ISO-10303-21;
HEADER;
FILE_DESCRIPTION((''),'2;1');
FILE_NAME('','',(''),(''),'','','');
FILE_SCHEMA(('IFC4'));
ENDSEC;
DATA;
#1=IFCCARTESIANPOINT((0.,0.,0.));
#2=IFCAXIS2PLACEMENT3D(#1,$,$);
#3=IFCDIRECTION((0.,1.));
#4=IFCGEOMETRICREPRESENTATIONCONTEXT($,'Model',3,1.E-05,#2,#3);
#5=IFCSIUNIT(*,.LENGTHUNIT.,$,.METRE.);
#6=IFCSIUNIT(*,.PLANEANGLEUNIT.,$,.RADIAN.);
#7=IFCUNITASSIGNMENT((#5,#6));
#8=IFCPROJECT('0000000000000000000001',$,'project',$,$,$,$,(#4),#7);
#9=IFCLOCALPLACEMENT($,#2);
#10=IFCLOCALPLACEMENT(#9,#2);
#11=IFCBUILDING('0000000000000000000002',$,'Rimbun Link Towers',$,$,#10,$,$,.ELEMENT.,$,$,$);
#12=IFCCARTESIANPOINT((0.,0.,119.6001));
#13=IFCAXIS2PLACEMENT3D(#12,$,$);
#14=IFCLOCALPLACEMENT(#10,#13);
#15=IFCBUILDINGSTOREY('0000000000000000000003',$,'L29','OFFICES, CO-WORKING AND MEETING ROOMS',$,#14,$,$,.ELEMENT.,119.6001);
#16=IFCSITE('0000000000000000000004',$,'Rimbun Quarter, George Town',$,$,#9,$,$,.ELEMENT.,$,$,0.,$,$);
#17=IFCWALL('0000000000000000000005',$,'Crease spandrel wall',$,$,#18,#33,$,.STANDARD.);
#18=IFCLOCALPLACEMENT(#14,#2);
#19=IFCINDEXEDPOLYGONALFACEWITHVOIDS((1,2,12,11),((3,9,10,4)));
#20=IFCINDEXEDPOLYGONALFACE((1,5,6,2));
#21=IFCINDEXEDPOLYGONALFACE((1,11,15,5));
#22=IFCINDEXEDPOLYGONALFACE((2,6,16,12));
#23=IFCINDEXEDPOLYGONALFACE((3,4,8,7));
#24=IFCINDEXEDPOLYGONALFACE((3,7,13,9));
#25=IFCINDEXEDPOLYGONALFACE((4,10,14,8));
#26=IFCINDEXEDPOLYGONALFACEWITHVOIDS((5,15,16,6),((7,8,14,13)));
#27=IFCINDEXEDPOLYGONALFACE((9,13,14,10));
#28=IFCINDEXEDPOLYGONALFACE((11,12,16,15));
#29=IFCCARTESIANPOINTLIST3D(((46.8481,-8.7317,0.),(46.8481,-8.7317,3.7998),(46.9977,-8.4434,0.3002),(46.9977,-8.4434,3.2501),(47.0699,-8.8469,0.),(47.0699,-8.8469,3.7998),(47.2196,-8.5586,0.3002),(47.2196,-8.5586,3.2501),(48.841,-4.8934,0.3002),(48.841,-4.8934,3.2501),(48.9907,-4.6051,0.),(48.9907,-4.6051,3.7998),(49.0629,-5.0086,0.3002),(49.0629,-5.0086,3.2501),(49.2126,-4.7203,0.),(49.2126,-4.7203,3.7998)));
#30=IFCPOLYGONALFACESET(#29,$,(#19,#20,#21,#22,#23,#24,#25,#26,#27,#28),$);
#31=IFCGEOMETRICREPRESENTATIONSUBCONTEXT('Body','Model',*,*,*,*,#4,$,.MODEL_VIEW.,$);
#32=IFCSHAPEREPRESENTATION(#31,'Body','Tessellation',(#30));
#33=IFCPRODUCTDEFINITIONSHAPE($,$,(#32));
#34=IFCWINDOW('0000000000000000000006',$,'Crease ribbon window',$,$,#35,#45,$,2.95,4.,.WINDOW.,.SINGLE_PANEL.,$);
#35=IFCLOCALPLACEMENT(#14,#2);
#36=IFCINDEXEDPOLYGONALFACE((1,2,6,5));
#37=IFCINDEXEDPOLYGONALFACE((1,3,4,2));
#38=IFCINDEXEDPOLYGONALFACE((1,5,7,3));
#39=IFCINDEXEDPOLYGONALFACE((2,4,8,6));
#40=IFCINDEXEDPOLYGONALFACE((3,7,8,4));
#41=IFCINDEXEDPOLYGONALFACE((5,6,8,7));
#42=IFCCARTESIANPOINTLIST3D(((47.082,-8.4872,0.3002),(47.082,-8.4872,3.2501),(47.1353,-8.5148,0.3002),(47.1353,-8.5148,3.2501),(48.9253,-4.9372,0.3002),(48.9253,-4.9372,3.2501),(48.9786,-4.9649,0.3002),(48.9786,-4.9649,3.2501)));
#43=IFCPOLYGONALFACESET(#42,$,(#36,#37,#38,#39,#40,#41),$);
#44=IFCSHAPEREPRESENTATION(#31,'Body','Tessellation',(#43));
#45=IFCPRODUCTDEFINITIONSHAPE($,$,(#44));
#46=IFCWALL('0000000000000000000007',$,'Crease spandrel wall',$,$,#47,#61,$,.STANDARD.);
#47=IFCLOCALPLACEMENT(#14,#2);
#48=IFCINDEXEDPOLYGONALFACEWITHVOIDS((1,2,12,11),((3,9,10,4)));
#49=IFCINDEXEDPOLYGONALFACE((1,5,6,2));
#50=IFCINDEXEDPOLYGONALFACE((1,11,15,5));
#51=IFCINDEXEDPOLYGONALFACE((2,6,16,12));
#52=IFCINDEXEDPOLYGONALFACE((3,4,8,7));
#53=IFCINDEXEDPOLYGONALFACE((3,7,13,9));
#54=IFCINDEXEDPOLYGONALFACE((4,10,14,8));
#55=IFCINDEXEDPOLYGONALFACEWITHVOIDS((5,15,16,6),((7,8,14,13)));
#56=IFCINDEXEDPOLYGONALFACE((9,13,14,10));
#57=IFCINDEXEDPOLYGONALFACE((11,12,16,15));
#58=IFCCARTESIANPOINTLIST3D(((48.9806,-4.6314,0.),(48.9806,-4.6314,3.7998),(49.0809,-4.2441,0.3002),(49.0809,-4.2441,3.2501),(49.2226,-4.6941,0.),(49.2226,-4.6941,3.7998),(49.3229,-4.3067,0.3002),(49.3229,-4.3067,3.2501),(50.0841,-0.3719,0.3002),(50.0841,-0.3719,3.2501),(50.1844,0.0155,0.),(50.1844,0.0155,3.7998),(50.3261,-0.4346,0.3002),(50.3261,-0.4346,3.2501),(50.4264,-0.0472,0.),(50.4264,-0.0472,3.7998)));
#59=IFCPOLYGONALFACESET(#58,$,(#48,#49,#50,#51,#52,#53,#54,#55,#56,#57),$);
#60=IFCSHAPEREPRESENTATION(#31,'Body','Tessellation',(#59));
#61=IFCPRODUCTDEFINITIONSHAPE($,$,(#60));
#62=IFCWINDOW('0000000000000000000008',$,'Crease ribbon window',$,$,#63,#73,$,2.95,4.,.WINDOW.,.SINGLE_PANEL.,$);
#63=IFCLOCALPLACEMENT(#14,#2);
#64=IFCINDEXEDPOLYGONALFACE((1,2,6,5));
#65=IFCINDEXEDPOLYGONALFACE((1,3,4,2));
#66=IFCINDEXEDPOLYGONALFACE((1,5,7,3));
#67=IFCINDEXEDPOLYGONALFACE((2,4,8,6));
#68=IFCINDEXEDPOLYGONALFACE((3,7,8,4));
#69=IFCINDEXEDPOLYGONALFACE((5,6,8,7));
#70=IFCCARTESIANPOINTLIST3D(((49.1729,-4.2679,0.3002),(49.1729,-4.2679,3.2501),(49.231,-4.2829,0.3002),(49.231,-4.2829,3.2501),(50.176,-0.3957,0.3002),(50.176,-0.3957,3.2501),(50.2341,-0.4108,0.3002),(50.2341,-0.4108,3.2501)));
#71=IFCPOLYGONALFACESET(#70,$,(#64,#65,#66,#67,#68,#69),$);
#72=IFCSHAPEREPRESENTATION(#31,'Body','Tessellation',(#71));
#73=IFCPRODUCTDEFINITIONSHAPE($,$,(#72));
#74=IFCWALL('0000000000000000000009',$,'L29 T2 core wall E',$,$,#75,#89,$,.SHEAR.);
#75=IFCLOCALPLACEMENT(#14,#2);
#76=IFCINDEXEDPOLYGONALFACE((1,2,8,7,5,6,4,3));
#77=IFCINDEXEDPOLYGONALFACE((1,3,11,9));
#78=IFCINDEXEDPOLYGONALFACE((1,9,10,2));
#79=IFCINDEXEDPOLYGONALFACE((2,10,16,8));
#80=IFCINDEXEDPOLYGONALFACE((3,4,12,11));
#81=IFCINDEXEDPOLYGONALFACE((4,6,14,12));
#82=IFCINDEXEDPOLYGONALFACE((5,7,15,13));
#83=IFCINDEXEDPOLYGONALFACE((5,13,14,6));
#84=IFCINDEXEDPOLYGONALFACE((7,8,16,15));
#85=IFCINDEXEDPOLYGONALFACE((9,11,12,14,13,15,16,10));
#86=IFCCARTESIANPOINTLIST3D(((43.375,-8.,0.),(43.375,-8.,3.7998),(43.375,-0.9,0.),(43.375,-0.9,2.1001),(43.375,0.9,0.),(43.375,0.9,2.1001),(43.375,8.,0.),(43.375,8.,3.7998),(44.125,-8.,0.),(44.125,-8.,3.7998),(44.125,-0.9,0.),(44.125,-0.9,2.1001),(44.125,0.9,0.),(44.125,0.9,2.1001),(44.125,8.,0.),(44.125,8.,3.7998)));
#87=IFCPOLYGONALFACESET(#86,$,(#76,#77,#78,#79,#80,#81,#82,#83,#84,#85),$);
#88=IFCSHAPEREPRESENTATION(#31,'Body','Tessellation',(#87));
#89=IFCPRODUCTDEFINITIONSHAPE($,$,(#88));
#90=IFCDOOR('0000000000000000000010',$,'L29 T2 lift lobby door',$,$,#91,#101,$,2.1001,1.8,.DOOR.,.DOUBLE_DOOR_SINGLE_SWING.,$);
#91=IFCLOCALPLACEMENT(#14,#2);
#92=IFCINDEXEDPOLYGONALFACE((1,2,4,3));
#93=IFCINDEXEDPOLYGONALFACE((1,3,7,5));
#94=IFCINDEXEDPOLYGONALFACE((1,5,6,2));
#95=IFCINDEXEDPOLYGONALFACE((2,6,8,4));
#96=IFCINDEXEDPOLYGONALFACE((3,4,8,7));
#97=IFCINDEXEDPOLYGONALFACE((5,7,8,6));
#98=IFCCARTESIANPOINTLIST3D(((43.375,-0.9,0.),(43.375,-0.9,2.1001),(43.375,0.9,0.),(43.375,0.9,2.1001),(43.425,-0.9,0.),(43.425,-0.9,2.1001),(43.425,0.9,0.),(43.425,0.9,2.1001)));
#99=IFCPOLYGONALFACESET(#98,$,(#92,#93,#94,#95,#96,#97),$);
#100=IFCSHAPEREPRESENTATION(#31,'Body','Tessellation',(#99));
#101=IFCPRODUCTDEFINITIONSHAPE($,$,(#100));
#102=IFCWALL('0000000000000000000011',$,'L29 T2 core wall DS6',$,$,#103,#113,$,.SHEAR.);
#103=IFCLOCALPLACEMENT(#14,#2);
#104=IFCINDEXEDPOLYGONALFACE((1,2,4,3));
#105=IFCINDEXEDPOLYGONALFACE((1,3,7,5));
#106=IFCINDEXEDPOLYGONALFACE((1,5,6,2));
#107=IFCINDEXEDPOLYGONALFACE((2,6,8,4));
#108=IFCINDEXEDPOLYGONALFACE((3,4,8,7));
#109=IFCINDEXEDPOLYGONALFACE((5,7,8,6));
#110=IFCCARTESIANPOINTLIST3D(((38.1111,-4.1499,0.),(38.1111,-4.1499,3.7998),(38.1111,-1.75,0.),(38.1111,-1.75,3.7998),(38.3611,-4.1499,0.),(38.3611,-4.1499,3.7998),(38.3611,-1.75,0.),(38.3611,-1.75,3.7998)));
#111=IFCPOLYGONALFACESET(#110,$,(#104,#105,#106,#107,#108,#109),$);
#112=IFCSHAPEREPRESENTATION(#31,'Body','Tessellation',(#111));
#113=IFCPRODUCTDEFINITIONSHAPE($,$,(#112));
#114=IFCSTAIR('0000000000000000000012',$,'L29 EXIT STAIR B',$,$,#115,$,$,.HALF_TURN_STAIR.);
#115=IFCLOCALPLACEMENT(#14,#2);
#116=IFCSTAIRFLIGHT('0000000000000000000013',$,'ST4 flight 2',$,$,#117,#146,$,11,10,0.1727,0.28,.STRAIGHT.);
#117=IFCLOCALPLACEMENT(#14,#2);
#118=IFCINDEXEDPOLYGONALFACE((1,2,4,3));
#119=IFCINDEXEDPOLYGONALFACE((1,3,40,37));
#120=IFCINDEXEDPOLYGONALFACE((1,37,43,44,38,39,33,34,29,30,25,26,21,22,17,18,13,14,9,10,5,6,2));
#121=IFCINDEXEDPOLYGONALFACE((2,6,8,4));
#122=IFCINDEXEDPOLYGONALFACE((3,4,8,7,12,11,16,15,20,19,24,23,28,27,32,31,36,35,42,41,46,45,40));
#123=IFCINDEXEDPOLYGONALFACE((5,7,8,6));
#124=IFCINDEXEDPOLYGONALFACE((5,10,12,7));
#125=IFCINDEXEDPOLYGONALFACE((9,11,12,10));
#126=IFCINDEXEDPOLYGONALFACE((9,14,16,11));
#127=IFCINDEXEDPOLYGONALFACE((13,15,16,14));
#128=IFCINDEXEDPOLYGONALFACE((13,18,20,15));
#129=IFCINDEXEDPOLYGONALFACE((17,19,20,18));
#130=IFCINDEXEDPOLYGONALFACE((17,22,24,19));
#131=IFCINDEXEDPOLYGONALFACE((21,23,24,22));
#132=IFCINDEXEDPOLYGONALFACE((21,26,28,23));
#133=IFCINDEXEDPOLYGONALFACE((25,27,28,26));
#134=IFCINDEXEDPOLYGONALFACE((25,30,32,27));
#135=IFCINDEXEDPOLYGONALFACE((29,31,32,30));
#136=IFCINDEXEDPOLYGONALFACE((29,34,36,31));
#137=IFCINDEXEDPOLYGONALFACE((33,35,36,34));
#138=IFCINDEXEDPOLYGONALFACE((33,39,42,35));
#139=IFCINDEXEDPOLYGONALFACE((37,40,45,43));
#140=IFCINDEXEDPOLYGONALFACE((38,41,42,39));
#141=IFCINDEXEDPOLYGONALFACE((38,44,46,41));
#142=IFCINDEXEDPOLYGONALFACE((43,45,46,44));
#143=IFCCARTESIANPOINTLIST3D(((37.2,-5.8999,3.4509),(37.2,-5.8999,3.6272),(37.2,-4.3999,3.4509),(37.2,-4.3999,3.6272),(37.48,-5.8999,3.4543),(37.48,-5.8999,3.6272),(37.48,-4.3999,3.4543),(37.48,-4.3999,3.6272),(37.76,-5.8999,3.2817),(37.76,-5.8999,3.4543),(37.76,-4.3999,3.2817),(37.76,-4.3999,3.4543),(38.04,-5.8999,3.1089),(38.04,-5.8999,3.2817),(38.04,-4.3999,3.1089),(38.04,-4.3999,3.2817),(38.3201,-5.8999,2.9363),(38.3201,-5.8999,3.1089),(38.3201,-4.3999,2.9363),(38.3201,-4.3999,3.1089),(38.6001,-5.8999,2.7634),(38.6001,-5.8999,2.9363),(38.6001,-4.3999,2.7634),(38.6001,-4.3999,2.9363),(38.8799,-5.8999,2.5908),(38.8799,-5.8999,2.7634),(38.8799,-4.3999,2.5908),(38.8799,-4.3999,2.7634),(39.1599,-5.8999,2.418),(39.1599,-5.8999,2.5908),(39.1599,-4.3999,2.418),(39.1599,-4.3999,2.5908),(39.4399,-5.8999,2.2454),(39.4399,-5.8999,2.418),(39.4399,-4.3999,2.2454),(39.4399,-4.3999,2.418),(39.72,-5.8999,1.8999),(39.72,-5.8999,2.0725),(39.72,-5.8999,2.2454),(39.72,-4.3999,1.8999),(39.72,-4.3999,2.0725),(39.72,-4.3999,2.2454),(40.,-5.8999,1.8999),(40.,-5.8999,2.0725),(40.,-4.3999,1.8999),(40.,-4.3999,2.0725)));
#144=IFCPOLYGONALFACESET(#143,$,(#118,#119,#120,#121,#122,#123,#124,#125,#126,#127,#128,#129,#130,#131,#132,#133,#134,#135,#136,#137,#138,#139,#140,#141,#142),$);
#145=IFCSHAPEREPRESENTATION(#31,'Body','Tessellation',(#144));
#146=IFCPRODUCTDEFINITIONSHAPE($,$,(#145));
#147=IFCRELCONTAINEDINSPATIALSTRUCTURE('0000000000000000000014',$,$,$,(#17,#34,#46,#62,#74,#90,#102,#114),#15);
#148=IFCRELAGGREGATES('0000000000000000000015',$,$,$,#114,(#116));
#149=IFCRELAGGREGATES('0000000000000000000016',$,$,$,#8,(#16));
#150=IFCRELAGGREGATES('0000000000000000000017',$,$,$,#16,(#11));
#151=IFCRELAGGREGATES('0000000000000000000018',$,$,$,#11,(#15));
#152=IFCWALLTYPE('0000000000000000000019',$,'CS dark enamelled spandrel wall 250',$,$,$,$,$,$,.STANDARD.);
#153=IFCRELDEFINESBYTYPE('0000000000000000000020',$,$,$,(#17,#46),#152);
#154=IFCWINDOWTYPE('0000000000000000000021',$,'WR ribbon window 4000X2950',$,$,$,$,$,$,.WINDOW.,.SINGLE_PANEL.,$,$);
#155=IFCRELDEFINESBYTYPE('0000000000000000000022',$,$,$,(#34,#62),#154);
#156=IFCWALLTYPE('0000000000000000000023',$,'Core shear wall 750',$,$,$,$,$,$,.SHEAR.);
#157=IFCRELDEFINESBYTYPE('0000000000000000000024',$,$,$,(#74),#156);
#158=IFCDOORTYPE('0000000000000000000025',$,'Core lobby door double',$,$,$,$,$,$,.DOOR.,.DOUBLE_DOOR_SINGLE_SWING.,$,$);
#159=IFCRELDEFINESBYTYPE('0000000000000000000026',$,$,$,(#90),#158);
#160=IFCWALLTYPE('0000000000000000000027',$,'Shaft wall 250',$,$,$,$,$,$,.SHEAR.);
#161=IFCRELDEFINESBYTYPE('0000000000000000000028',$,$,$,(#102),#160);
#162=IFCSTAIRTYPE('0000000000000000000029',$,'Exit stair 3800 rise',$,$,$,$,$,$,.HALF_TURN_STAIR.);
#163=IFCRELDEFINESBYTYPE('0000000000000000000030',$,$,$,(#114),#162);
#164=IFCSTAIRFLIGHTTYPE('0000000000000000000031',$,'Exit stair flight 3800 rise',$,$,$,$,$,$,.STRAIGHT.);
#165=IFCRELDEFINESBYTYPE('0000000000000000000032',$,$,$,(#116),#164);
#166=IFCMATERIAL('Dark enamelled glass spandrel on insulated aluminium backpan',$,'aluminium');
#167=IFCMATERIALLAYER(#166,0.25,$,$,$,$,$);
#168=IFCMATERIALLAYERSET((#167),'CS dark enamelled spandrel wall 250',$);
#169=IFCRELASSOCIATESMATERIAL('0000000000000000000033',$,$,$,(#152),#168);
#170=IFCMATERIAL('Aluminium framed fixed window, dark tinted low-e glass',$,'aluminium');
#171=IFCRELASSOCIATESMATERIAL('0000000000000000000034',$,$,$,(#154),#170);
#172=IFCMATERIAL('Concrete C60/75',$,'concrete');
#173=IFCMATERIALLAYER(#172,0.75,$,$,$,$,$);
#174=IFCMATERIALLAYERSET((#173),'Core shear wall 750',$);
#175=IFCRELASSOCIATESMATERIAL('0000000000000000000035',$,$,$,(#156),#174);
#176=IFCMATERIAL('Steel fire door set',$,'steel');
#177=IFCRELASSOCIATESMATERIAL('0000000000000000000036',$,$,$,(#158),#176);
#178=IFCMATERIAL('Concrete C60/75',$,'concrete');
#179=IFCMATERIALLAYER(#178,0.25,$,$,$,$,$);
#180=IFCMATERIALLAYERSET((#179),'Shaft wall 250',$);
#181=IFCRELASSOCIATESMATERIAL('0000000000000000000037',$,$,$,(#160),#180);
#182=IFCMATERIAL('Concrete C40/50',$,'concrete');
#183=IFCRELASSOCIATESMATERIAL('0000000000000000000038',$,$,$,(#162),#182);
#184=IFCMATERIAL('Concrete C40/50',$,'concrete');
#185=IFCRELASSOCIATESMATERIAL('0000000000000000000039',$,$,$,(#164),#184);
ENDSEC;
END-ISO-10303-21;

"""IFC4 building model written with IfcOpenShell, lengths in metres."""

from ifc_helpers import new_model, si_unit, direction, frame, frame_2d, origin, place, context, subcontext, project, spatial, polyline, rectangle, outline, extrude, material, layer, layer_set, type_object, element, fill, aggregate, save


model = new_model("IFC4")

# Units and contexts
model_context = context("Model", 3, precision=1e-05, world=origin(), true_north=direction((0.0, 1.0)))
body_context = subcontext(model_context, "Body", "Model", "MODEL_VIEW")
ifc_project = project(units=[si_unit("LENGTHUNIT", "METRE"), si_unit("PLANEANGLEUNIT", "RADIAN")], contexts=[model_context])

# Site, building, storey
site_placement = place(None, origin())
site = spatial("IfcSite", under=ifc_project, at=site_placement, Name="Rimbun Quarter, George Town", CompositionType="ELEMENT", RefElevation=0.0)
building_placement = place(site_placement, origin())
building = spatial("IfcBuilding", under=site, at=building_placement, Name="Rimbun Link Towers", CompositionType="ELEMENT")
storey_placement = place(building_placement, frame((0.0, 0.0, 119.6001)))
storey = spatial("IfcBuildingStorey", under=building, at=storey_placement, Name="L29", Description="OFFICES, CO-WORKING AND MEETING ROOMS", CompositionType="ELEMENT", Elevation=119.6001)

# Walls, openings, windows
ifc_material_1 = material(Name="Dark enamelled glass spandrel on insulated aluminium backpan", Category="aluminium")
ifc_layer_1 = layer(ifc_material_1, 0.25)
ifc_layer_set_1 = layer_set([ifc_layer_1], Name="CS dark enamelled spandrel wall 250")
wall_type_1 = type_object("IfcWallType", Name="CS dark enamelled spandrel wall 250", PredefinedType="STANDARD", material=ifc_layer_set_1)
wall_1_placement = place(storey_placement, frame((49.1016, -4.6628, 0.0), z_axis=(0.0, 0.0, 1.0), x_axis=(-0.460814, -0.887497, 0.0)))
wall_1 = element("IfcWall", 1, at=wall_1_placement, inside=storey, type_object=wall_type_1, Name="Crease spandrel wall", PredefinedType="STANDARD", context=body_context, shape_type="SweptSolid", body=[
    extrude(rectangle(XDim=4.6497, YDim=0.25, at=frame_2d((2.3247, 0.0))), origin(), (0.0, 0.0, 1.0), 3.7998),
])
opening_1_placement = place(wall_1_placement, frame((0.3247, 0.0, 0.3)))
opening_1 = element("IfcOpeningElement", 2, at=opening_1_placement, cuts=wall_1, PredefinedType="OPENING", context=body_context, shape_type="SweptSolid", body=[
    extrude(rectangle(XDim=4.0, YDim=2.95, at=frame_2d((2.0, 1.4751))), frame((0.0, 0.135, 0.0), z_axis=(0.0, -1.0, 0.0), x_axis=(1.0, 0.0, 0.0)), (0.0, 0.0, 1.0), 0.27),
])
ifc_material_2 = material(Name="Aluminium framed fixed window, dark tinted low-e glass", Category="aluminium")
window_type = type_object("IfcWindowType", Name="WR ribbon window 4000X2950", PartitioningType="SINGLE_PANEL", PredefinedType="WINDOW", material=ifc_material_2)
window_1_placement = place(opening_1_placement, origin())
window_1 = element("IfcWindow", 3, at=window_1_placement, inside=storey, type_object=window_type, Name="Crease ribbon window", OverallHeight=2.95, OverallWidth=4.0, PartitioningType="SINGLE_PANEL", PredefinedType="WINDOW", context=body_context, shape_type="SweptSolid", body=[
    extrude(rectangle(XDim=4.0, YDim=2.95, at=frame_2d((2.0, 1.4751))), frame((0.0, 0.03, 0.0), z_axis=(0.0, -1.0, 0.0), x_axis=(1.0, 0.0, 0.0)), (0.0, 0.0, 1.0), 0.0601),
])
fill(opening_1, window_1)
wall_2_placement = place(storey_placement, frame((50.3054, -0.0159, 0.0), z_axis=(0.0, 0.0, 1.0), x_axis=(-0.250784, -0.968043, 0.0)))
wall_2 = element("IfcWall", 4, at=wall_2_placement, inside=storey, type_object=wall_type_1, Name="Crease spandrel wall", PredefinedType="STANDARD", context=body_context, shape_type="SweptSolid", body=[
    extrude(rectangle(XDim=4.8003, YDim=0.25, at=frame_2d((2.4001, 0.0))), origin(), (0.0, 0.0, 1.0), 3.7998),
])
opening_2_placement = place(wall_2_placement, frame((0.4001, 0.0, 0.3)))
opening_2 = element("IfcOpeningElement", 5, at=opening_2_placement, cuts=wall_2, PredefinedType="OPENING", context=body_context, shape_type="SweptSolid", body=[
    extrude(rectangle(XDim=4.0, YDim=2.95, at=frame_2d((2.0, 1.4751))), frame((0.0, 0.135, 0.0), z_axis=(0.0, -1.0, 0.0), x_axis=(1.0, 0.0, 0.0)), (0.0, 0.0, 1.0), 0.27),
])
window_2_placement = place(opening_2_placement, origin())
window_2 = element("IfcWindow", 6, at=window_2_placement, inside=storey, type_object=window_type, Name="Crease ribbon window", OverallHeight=2.95, OverallWidth=4.0, PartitioningType="SINGLE_PANEL", PredefinedType="WINDOW", context=body_context, shape_type="SweptSolid", body=[
    extrude(rectangle(XDim=4.0, YDim=2.95, at=frame_2d((2.0, 1.4751))), frame((0.0, 0.03, 0.0), z_axis=(0.0, -1.0, 0.0), x_axis=(1.0, 0.0, 0.0)), (0.0, 0.0, 1.0), 0.0601),
])
fill(opening_2, window_2)

# Wall, opening, door
ifc_material_3 = material(Name="Concrete C60/75", Category="concrete")
ifc_layer_2 = layer(ifc_material_3, 0.75)
ifc_layer_set_2 = layer_set([ifc_layer_2], Name="Core shear wall 750")
wall_type_2 = type_object("IfcWallType", Name="Core shear wall 750", PredefinedType="SHEAR", material=ifc_layer_set_2)
wall_3_placement = place(storey_placement, frame((43.75, -8.0, 0.0), z_axis=(0.0, 0.0, 1.0), x_axis=(0.0, 1.0, 0.0)))
wall_3 = element("IfcWall", 7, at=wall_3_placement, inside=storey, type_object=wall_type_2, Name="L29 T2 core wall E", PredefinedType="SHEAR", context=body_context, shape_type="SweptSolid", body=[
    extrude(rectangle(XDim=16.0, YDim=0.75, at=frame_2d((8.0, 0.0))), origin(), (0.0, 0.0, 1.0), 3.7998),
])
opening_3_placement = place(wall_3_placement, frame((7.1001, 0.0, 0.0)))
opening_3 = element("IfcOpeningElement", 8, at=opening_3_placement, cuts=wall_3, PredefinedType="OPENING", context=body_context, shape_type="SweptSolid", body=[
    extrude(rectangle(XDim=1.8, YDim=2.1001, at=frame_2d((0.8999, 1.05))), frame((0.0, 0.385, 0.0), z_axis=(0.0, -1.0, 0.0), x_axis=(1.0, 0.0, 0.0)), (0.0, 0.0, 1.0), 0.77),
])
ifc_material_4 = material(Name="Steel fire door set", Category="steel")
door_type = type_object("IfcDoorType", Name="Core lobby door double", OperationType="DOUBLE_DOOR_SINGLE_SWING", PredefinedType="DOOR", material=ifc_material_4)
door_placement = place(opening_3_placement, origin())
door = element("IfcDoor", 9, at=door_placement, inside=storey, type_object=door_type, Name="L29 T2 lift lobby door", OperationType="DOUBLE_DOOR_SINGLE_SWING", OverallHeight=2.1001, OverallWidth=1.8, PredefinedType="DOOR", context=body_context, shape_type="SweptSolid", body=[
    extrude(rectangle(XDim=1.8, YDim=2.1001, at=frame_2d((0.8999, 1.05))), frame((0.0, 0.375, 0.0), z_axis=(0.0, -1.0, 0.0), x_axis=(1.0, 0.0, 0.0)), (0.0, 0.0, 1.0), 0.05),
])
fill(opening_3, door)

# Wall
ifc_material_5 = material(Name="Concrete C60/75", Category="concrete")
ifc_layer_3 = layer(ifc_material_5, 0.25)
ifc_layer_set_3 = layer_set([ifc_layer_3], Name="Shaft wall 250")
wall_type_3 = type_object("IfcWallType", Name="Shaft wall 250", PredefinedType="SHEAR", material=ifc_layer_set_3)
wall_4_placement = place(storey_placement, frame((38.2361, -4.1499, 0.0), z_axis=(0.0, 0.0, 1.0), x_axis=(0.0, 1.0, 0.0)))
element("IfcWall", 10, at=wall_4_placement, inside=storey, type_object=wall_type_3, Name="L29 T2 core wall DS6", PredefinedType="SHEAR", context=body_context, shape_type="SweptSolid", body=[
    extrude(rectangle(XDim=2.3999, YDim=0.25, at=frame_2d((1.2, 0.0))), origin(), (0.0, 0.0, 1.0), 3.7998),
])

# Stair, stair flight
ifc_material_6 = material(Name="Concrete C40/50", Category="concrete")
stair_type = type_object("IfcStairType", Name="Exit stair 3800 rise", PredefinedType="HALF_TURN_STAIR", material=ifc_material_6)
stair_placement = place(storey_placement, origin())
stair = element("IfcStair", 11, at=stair_placement, inside=storey, type_object=stair_type, Name="L29 EXIT STAIR B", PredefinedType="HALF_TURN_STAIR")
ifc_material_7 = material(Name="Concrete C40/50", Category="concrete")
stair_flight_type = type_object("IfcStairFlightType", Name="Exit stair flight 3800 rise", PredefinedType="STRAIGHT", material=ifc_material_7)
stair_flight_placement = place(storey_placement, frame((40.0, -5.1499, 1.8999), z_axis=(0.0, 0.0, 1.0), x_axis=(-1.0, 0.0, 0.0)))
stair_flight = element("IfcStairFlight", 12, at=stair_flight_placement, type_object=stair_flight_type, Name="ST4 flight 2", NumberOfRisers=11, NumberOfTreads=10, PredefinedType="STRAIGHT", RiserHeight=0.1727, TreadLength=0.28, context=body_context, shape_type="SweptSolid", body=[
    extrude(outline(polyline([(0.0, 0.0), (0.0, 0.1726), (0.28, 0.1726), (0.28, 0.3455), (0.5601, 0.3455), (0.5601, 0.5181), (0.8401, 0.5181), (0.8401, 0.6909), (1.1201, 0.6909), (1.1201, 0.8635), (1.3999, 0.8635), (1.3999, 1.0364), (1.6799, 1.0364), (1.6799, 1.209), (1.96, 1.209), (1.96, 1.3818), (2.24, 1.3818), (2.24, 1.5544), (2.52, 1.5544), (2.52, 1.7273), (2.8, 1.7273), (2.8, 1.8999), (2.8, 1.551), (0.28, 0.0), (0.0, 0.0)])), frame((0.0, 0.75, 0.0), z_axis=(0.0, -1.0, 0.0), x_axis=(1.0, 0.0, 0.0)), (0.0, 0.0, 1.0), 1.5),
])
aggregate(stair, [stair_flight])

save(model, "model.ifc")
